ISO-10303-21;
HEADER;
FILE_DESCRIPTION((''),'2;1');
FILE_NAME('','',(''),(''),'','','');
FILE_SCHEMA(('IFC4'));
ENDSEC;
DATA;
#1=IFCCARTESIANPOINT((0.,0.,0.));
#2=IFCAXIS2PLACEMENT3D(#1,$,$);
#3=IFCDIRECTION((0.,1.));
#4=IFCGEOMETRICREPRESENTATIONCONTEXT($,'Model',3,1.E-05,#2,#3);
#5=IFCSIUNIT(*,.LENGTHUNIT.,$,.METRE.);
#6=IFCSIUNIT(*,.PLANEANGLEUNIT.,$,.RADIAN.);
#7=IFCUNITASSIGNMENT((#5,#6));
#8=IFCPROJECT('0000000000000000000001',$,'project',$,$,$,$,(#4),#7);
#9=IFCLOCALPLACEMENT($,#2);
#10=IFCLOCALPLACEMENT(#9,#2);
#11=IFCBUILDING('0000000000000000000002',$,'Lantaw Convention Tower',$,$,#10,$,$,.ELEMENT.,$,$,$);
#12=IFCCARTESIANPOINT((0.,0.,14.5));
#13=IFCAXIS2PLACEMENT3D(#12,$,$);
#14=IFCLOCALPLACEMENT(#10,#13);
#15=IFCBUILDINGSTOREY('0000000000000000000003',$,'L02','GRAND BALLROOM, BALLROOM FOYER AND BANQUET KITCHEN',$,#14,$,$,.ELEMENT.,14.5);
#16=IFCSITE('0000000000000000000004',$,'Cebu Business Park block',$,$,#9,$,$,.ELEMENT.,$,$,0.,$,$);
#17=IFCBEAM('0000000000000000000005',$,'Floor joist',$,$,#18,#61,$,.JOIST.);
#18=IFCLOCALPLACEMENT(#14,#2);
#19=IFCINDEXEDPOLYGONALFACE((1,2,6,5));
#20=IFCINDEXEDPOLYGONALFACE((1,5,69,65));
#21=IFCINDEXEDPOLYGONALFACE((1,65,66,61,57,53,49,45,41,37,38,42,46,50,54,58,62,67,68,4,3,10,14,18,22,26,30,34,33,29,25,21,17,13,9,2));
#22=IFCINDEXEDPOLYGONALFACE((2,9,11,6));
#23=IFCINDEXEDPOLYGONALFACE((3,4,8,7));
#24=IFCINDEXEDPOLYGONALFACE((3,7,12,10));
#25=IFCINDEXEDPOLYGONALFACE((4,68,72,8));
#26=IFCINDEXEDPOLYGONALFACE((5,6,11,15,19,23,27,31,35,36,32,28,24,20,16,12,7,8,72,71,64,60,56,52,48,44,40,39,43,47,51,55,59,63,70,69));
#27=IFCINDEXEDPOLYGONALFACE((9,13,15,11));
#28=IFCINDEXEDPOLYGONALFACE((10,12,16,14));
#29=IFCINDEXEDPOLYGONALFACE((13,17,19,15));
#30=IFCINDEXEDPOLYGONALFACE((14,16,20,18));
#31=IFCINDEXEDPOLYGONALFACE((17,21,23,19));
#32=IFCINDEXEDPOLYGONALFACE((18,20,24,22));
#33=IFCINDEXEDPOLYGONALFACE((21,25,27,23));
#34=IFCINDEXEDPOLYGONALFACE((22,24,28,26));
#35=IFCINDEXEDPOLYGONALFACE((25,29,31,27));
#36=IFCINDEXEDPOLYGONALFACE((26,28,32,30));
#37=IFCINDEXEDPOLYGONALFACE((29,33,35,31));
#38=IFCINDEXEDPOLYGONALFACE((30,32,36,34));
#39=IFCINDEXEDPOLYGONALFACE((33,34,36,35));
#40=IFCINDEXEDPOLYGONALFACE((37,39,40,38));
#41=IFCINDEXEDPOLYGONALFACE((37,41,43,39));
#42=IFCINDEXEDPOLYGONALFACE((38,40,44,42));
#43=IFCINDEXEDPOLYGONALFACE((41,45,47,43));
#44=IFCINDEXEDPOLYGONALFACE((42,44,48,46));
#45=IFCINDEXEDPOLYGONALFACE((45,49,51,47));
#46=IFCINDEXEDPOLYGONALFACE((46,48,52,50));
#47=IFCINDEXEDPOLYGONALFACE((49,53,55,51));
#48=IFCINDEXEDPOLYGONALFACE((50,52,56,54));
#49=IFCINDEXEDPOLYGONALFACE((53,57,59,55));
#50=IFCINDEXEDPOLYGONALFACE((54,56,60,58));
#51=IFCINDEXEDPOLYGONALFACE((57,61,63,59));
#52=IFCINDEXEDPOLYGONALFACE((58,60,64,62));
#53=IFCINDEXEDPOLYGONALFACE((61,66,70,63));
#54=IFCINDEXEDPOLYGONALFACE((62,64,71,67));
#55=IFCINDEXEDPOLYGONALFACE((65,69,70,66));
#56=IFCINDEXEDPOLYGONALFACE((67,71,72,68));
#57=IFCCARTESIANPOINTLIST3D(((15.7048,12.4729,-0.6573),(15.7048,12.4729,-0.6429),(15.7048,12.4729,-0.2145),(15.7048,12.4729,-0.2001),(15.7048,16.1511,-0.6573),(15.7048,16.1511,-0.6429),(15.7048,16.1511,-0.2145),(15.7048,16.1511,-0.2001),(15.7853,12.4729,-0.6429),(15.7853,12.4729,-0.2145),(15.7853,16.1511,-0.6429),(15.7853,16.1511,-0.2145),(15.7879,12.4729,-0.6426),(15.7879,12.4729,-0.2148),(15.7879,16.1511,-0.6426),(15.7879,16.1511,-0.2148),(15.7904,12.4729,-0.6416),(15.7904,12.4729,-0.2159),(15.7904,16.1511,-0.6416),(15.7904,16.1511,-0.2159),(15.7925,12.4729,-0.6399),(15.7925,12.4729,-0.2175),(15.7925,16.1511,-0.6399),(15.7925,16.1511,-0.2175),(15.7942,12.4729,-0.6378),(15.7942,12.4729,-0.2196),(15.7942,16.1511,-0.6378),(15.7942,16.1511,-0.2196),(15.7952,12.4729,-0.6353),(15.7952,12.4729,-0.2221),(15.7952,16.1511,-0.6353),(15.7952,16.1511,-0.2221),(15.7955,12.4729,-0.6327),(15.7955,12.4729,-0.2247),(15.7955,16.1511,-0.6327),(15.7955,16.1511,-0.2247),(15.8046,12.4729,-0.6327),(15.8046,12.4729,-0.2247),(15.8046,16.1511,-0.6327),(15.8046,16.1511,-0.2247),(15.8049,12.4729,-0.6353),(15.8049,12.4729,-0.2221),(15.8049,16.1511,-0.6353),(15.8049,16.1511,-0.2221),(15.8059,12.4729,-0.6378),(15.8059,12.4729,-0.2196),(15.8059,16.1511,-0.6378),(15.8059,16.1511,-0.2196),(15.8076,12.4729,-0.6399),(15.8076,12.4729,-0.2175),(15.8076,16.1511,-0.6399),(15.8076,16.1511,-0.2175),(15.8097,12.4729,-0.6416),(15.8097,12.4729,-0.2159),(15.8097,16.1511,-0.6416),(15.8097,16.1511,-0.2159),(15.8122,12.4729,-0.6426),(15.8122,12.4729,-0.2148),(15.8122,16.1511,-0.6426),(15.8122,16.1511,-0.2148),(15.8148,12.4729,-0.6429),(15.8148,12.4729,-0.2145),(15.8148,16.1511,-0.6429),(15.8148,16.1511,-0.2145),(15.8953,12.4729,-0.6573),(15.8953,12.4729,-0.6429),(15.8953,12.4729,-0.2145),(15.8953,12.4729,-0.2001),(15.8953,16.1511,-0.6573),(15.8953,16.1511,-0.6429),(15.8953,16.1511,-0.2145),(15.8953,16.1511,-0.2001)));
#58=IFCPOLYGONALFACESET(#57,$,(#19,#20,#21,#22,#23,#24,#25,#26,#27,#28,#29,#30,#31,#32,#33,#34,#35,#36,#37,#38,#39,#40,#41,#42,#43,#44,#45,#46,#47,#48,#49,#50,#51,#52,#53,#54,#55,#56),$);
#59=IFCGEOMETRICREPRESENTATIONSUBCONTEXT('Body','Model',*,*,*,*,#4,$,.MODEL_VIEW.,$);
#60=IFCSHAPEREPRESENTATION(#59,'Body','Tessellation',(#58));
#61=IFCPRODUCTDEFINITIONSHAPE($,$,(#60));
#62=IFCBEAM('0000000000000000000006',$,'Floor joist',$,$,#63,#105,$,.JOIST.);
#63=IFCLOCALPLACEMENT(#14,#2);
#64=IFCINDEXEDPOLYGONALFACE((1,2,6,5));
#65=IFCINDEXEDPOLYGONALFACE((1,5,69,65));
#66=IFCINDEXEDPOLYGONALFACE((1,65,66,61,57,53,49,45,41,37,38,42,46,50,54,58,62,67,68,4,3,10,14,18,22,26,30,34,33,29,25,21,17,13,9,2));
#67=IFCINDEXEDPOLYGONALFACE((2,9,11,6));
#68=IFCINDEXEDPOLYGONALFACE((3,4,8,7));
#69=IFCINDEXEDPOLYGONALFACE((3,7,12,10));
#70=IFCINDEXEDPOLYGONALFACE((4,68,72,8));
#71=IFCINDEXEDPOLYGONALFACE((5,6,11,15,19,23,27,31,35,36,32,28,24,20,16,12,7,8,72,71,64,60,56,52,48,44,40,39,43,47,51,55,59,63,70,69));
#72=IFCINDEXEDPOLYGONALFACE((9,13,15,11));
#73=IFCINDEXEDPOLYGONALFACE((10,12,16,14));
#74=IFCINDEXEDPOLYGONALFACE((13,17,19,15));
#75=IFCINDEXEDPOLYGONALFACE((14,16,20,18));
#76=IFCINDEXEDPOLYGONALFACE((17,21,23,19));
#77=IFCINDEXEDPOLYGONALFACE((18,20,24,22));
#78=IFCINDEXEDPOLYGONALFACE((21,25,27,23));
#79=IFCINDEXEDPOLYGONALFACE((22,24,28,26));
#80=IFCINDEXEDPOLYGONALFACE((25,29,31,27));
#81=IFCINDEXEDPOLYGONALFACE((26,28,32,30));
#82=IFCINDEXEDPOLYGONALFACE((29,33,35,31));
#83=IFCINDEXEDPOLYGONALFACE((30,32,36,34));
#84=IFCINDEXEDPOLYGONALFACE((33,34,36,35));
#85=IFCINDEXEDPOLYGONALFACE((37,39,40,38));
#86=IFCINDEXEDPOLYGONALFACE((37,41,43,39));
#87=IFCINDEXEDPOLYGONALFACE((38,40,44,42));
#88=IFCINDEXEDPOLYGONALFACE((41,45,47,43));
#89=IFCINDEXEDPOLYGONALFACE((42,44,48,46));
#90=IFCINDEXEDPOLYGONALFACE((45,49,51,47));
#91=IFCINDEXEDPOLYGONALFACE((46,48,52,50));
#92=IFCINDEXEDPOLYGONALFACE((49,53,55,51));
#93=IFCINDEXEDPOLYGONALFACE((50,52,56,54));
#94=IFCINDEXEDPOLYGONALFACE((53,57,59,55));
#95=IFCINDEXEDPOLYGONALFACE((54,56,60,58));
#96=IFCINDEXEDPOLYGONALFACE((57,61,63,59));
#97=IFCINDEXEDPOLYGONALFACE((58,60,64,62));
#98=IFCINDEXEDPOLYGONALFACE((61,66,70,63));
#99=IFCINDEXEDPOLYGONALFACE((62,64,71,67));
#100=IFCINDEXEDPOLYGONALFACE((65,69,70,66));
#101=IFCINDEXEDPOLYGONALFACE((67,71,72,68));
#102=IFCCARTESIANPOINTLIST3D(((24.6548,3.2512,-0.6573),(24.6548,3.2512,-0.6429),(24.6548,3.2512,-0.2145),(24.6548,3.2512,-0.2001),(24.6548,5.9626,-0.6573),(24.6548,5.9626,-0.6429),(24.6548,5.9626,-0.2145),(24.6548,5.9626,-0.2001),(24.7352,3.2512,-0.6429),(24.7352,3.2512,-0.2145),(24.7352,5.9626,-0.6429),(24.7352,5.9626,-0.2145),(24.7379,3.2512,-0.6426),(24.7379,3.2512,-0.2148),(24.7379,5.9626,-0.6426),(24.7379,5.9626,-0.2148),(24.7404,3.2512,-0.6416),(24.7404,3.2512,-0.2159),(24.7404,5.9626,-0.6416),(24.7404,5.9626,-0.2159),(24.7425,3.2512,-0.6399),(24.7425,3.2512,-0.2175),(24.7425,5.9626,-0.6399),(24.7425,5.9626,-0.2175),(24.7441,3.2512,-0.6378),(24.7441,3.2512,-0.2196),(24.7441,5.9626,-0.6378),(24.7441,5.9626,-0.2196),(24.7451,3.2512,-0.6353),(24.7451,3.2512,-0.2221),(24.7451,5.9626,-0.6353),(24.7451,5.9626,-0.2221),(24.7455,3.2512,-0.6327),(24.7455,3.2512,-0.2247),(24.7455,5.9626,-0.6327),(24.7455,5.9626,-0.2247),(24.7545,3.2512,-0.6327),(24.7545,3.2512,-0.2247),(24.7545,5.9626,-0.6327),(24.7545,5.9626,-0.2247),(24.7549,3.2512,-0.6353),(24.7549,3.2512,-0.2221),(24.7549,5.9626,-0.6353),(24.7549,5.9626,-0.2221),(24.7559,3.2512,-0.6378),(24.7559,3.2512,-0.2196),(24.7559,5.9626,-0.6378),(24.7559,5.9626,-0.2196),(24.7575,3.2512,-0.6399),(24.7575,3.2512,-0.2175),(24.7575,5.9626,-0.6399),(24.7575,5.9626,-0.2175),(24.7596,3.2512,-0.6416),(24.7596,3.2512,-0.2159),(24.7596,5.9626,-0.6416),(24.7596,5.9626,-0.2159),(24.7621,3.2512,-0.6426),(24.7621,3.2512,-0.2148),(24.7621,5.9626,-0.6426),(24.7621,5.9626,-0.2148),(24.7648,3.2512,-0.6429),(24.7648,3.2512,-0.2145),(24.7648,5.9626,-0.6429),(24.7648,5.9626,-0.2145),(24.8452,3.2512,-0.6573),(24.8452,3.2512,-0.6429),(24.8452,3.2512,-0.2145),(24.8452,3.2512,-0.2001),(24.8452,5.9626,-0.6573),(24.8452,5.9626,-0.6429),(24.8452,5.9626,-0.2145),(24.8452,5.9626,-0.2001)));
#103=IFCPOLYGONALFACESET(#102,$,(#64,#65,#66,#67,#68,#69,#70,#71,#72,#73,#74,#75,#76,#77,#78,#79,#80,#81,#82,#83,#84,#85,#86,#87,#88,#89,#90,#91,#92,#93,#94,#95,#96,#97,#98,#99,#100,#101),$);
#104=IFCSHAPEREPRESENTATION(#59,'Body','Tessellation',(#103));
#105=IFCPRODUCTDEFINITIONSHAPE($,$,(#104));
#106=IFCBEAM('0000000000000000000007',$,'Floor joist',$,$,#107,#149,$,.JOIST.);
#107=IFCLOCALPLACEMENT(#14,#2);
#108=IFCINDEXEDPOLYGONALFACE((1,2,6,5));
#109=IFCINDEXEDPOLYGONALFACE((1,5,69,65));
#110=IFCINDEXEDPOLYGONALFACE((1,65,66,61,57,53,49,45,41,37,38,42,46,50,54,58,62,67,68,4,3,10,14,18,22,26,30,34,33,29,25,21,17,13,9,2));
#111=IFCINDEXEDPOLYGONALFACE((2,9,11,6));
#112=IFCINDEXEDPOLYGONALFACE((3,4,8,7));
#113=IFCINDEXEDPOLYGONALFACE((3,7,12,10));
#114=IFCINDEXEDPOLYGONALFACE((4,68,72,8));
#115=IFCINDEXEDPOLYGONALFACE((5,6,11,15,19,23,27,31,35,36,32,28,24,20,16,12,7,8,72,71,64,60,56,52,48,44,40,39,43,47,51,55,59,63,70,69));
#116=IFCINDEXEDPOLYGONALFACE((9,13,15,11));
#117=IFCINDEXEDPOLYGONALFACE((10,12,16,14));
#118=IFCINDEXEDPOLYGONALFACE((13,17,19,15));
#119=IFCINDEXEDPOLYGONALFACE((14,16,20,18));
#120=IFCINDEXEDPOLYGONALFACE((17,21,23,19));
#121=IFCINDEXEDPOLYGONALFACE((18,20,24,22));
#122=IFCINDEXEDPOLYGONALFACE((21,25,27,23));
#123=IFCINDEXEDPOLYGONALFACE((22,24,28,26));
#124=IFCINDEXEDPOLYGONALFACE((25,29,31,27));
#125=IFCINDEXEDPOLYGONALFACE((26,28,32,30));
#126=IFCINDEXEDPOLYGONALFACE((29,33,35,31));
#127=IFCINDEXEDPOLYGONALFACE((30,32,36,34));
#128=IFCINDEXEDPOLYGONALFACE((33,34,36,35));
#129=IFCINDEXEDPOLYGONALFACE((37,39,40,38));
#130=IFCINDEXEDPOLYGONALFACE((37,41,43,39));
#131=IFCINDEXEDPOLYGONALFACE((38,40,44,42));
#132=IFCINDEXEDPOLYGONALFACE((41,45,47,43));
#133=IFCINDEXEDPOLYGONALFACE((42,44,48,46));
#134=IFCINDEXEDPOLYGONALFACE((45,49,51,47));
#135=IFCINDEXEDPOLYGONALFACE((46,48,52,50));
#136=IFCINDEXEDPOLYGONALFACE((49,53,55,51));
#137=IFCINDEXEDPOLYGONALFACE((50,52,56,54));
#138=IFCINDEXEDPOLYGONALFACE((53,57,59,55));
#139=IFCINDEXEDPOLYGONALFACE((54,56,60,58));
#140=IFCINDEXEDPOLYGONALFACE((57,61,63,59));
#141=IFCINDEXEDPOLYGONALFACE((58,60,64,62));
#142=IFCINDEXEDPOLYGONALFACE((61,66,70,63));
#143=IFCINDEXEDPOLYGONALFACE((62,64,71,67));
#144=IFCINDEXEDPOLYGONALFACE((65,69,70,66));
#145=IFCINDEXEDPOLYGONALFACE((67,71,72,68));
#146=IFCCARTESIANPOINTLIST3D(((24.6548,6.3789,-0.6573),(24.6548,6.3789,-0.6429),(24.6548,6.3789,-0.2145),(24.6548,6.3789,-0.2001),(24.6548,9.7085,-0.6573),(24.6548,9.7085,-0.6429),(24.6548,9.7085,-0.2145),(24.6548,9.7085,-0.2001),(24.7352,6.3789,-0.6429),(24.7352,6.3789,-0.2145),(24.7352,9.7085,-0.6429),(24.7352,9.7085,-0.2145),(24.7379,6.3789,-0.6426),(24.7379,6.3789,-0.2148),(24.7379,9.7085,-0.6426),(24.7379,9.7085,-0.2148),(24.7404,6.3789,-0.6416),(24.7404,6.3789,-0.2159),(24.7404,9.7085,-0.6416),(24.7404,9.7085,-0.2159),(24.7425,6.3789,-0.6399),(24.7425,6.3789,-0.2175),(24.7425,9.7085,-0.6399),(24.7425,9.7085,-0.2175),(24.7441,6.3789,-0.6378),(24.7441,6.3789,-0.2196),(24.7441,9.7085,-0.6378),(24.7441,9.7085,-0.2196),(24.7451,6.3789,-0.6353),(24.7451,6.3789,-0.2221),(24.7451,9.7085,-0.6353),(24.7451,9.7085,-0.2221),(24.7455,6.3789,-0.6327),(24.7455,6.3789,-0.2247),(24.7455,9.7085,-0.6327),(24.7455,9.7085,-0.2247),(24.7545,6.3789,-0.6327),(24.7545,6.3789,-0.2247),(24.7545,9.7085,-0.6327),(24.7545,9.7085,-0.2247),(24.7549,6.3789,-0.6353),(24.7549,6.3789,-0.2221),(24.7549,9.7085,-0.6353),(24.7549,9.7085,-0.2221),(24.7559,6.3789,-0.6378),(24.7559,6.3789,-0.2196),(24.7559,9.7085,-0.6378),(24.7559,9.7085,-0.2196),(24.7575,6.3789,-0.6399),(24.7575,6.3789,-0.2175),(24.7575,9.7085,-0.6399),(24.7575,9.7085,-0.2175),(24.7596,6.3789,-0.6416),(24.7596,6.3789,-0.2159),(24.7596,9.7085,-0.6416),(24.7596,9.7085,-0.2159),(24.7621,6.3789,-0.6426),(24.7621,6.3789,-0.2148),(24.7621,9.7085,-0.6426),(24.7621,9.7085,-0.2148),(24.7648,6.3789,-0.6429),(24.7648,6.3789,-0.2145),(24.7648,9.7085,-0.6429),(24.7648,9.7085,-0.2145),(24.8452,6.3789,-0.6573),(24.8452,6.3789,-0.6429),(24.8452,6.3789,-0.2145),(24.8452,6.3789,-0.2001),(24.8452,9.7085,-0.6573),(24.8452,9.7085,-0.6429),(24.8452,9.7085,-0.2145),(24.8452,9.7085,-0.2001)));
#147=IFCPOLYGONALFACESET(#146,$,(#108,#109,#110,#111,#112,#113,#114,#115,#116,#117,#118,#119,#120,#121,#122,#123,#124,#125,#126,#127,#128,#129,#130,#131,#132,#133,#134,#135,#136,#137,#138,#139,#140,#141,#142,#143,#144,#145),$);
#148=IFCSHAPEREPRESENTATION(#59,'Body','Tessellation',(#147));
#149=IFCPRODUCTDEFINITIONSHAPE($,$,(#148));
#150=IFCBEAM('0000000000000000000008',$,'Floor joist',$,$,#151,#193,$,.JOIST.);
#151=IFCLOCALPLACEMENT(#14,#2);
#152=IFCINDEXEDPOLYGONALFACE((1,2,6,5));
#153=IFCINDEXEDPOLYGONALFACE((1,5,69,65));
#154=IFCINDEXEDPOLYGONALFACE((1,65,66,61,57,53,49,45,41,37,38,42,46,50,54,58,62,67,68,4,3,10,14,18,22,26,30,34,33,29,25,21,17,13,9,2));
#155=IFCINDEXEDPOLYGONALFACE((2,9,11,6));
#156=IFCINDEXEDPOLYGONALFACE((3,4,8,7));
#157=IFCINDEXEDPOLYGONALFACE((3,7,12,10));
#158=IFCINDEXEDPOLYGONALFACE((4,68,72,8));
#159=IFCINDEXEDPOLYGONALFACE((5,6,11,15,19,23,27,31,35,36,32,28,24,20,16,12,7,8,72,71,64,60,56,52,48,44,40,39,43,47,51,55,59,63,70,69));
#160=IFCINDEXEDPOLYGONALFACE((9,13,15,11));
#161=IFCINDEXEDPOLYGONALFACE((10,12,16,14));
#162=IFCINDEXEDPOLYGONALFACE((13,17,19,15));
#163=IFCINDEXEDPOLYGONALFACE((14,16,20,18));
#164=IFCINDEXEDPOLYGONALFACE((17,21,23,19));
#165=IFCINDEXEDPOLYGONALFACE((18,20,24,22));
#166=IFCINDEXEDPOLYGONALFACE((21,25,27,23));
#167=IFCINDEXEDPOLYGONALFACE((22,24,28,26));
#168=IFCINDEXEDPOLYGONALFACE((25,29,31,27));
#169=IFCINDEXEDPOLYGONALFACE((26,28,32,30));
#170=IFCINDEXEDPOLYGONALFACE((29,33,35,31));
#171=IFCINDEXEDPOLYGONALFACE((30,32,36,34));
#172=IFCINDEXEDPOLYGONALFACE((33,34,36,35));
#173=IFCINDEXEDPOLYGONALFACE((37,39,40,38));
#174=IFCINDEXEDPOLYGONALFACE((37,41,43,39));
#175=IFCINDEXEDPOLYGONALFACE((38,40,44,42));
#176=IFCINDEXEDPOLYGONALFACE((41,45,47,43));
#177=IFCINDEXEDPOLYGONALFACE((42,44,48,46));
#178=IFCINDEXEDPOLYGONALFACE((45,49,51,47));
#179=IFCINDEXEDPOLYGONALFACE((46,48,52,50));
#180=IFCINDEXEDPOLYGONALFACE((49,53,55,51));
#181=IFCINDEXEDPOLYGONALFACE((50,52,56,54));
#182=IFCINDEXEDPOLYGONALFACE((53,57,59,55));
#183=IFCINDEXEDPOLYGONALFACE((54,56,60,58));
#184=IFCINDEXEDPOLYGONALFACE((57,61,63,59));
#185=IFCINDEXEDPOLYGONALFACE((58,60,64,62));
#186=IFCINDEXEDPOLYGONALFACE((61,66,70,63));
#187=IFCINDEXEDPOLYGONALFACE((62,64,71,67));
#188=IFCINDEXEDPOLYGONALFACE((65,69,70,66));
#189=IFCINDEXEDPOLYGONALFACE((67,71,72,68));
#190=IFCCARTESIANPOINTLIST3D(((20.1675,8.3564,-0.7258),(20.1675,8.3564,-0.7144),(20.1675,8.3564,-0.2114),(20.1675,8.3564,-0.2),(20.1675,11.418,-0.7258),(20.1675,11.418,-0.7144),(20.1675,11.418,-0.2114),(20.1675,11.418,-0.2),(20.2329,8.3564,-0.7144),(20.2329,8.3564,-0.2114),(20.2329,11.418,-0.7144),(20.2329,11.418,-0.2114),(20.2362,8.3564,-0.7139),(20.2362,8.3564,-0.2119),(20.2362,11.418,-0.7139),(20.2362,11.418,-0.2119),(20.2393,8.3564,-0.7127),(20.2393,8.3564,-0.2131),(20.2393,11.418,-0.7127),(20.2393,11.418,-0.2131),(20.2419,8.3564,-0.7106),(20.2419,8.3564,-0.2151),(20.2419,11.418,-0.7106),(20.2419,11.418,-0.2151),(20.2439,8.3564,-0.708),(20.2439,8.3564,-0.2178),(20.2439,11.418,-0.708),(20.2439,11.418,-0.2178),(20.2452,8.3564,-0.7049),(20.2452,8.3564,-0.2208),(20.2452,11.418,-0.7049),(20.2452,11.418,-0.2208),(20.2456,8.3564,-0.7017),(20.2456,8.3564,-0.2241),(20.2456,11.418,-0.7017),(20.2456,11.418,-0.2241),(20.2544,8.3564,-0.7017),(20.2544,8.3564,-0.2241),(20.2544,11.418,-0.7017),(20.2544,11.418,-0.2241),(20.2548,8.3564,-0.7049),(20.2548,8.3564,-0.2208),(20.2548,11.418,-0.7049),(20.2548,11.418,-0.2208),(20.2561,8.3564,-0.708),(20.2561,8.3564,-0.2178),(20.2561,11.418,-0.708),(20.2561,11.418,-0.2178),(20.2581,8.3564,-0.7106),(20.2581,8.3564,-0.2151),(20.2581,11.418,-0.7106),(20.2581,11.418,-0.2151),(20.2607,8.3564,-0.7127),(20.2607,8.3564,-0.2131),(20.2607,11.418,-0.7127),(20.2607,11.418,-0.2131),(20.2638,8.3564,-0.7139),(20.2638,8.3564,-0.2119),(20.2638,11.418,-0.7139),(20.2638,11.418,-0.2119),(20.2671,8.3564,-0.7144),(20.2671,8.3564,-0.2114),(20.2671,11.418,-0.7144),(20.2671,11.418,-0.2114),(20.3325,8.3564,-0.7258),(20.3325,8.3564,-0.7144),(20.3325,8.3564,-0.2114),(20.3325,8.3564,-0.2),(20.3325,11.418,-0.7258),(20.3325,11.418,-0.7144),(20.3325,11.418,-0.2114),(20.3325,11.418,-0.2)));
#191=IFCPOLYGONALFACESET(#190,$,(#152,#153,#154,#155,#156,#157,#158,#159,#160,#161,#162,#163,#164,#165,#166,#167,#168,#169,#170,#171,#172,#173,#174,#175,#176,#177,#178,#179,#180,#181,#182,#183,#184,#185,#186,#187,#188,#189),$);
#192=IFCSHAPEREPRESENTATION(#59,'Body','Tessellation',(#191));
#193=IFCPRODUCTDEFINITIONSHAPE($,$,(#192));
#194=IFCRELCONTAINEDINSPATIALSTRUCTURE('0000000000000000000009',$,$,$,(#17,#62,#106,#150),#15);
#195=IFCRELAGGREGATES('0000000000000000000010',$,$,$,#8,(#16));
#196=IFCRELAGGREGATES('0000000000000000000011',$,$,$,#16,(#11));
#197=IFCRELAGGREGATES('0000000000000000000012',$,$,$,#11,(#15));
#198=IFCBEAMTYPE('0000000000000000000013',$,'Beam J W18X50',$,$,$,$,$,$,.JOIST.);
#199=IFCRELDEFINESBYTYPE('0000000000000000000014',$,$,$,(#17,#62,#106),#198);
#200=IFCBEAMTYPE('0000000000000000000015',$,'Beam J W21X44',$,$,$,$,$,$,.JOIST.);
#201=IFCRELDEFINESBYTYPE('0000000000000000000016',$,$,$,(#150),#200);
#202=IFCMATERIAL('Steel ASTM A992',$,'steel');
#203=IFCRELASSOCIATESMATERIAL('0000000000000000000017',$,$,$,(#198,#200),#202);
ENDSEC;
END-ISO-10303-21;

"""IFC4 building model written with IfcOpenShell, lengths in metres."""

from ifc_helpers import new_model, si_unit, direction, frame, origin, origin_2d, place, context, subcontext, project, spatial, i_section, extrude, material, material_profile, profile_set, type_object, element, save


model = new_model("IFC4")

# Units and contexts
model_context = context("Model", 3, precision=1e-05, world=origin(), true_north=direction((0.0, 1.0)))
body_context = subcontext(model_context, "Body", "Model", "MODEL_VIEW")
ifc_project = project(units=[si_unit("LENGTHUNIT", "METRE"), si_unit("PLANEANGLEUNIT", "RADIAN")], contexts=[model_context])

# Site, building, storey
site_placement = place(None, origin())
site = spatial("IfcSite", under=ifc_project, at=site_placement, Name="Cebu Business Park block", CompositionType="ELEMENT", RefElevation=0.0)
building_placement = place(site_placement, origin())
building = spatial("IfcBuilding", under=site, at=building_placement, Name="Lantaw Convention Tower", CompositionType="ELEMENT")
storey_placement = place(building_placement, frame((0.0, 0.0, 14.5)))
storey = spatial("IfcBuildingStorey", under=building, at=storey_placement, Name="L02", Description="GRAND BALLROOM, BALLROOM FOYER AND BANQUET KITCHEN", CompositionType="ELEMENT", Elevation=14.5)

# Beams
ifc_material_1 = material(Name="Steel ASTM A992", Category="steel")
ifc_material_profile_1 = material_profile(ifc_material_1, i_section(OverallWidth=0.1904, OverallDepth=0.4573, WebThickness=0.009, FlangeThickness=0.0144, FilletRadius=0.0103, at=origin_2d()), Name="W18X50")
ifc_profile_set_1 = profile_set([ifc_material_profile_1], Name="Steel ASTM A992")
beam_type_1 = type_object("IfcBeamType", Name="Beam J W18X50", PredefinedType="JOIST", material=ifc_profile_set_1)
beam_1_placement = place(storey_placement, frame((15.8, 12.4729, -0.4287), z_axis=(0.0, 1.0, 0.0), x_axis=(-1.0, 0.0, 0.0)))
element("IfcBeam", 1, at=beam_1_placement, inside=storey, type_object=beam_type_1, Name="Floor joist", PredefinedType="JOIST", context=body_context, shape_type="SweptSolid", body=[
    extrude(i_section(OverallWidth=0.1904, OverallDepth=0.4573, WebThickness=0.009, FlangeThickness=0.0144, FilletRadius=0.0103, at=origin_2d()), origin(), (0.0, 0.0, 1.0), 3.6782),
])
beam_2_placement = place(storey_placement, frame((24.75, 3.2512, -0.4287), z_axis=(0.0, 1.0, 0.0), x_axis=(-1.0, 0.0, 0.0)))
element("IfcBeam", 2, at=beam_2_placement, inside=storey, type_object=beam_type_1, Name="Floor joist", PredefinedType="JOIST", context=body_context, shape_type="SweptSolid", body=[
    extrude(i_section(OverallWidth=0.1904, OverallDepth=0.4573, WebThickness=0.009, FlangeThickness=0.0144, FilletRadius=0.0103, at=origin_2d()), origin(), (0.0, 0.0, 1.0), 2.7114),
])
beam_3_placement = place(storey_placement, frame((24.75, 6.3789, -0.4287), z_axis=(0.0, 1.0, 0.0), x_axis=(-1.0, 0.0, 0.0)))
element("IfcBeam", 3, at=beam_3_placement, inside=storey, type_object=beam_type_1, Name="Floor joist", PredefinedType="JOIST", context=body_context, shape_type="SweptSolid", body=[
    extrude(i_section(OverallWidth=0.1904, OverallDepth=0.4573, WebThickness=0.009, FlangeThickness=0.0144, FilletRadius=0.0103, at=origin_2d()), origin(), (0.0, 0.0, 1.0), 3.3296),
])
ifc_material_profile_2 = material_profile(ifc_material_1, i_section(OverallWidth=0.165, OverallDepth=0.5259, WebThickness=0.0088, FlangeThickness=0.0115, FilletRadius=0.0127, at=origin_2d()), Name="W21X44")
ifc_profile_set_2 = profile_set([ifc_material_profile_2], Name="Steel ASTM A992")
beam_type_2 = type_object("IfcBeamType", Name="Beam J W21X44", PredefinedType="JOIST", material=ifc_profile_set_2)
beam_4_placement = place(storey_placement, frame((20.25, 8.3564, -0.4629), z_axis=(0.0, 1.0, 0.0), x_axis=(-1.0, 0.0, 0.0)))
element("IfcBeam", 4, at=beam_4_placement, inside=storey, type_object=beam_type_2, Name="Floor joist", PredefinedType="JOIST", context=body_context, shape_type="SweptSolid", body=[
    extrude(i_section(OverallWidth=0.165, OverallDepth=0.5259, WebThickness=0.0088, FlangeThickness=0.0115, FilletRadius=0.0127, at=origin_2d()), origin(), (0.0, 0.0, 1.0), 3.0615),
])

save(model, "model.ifc")
